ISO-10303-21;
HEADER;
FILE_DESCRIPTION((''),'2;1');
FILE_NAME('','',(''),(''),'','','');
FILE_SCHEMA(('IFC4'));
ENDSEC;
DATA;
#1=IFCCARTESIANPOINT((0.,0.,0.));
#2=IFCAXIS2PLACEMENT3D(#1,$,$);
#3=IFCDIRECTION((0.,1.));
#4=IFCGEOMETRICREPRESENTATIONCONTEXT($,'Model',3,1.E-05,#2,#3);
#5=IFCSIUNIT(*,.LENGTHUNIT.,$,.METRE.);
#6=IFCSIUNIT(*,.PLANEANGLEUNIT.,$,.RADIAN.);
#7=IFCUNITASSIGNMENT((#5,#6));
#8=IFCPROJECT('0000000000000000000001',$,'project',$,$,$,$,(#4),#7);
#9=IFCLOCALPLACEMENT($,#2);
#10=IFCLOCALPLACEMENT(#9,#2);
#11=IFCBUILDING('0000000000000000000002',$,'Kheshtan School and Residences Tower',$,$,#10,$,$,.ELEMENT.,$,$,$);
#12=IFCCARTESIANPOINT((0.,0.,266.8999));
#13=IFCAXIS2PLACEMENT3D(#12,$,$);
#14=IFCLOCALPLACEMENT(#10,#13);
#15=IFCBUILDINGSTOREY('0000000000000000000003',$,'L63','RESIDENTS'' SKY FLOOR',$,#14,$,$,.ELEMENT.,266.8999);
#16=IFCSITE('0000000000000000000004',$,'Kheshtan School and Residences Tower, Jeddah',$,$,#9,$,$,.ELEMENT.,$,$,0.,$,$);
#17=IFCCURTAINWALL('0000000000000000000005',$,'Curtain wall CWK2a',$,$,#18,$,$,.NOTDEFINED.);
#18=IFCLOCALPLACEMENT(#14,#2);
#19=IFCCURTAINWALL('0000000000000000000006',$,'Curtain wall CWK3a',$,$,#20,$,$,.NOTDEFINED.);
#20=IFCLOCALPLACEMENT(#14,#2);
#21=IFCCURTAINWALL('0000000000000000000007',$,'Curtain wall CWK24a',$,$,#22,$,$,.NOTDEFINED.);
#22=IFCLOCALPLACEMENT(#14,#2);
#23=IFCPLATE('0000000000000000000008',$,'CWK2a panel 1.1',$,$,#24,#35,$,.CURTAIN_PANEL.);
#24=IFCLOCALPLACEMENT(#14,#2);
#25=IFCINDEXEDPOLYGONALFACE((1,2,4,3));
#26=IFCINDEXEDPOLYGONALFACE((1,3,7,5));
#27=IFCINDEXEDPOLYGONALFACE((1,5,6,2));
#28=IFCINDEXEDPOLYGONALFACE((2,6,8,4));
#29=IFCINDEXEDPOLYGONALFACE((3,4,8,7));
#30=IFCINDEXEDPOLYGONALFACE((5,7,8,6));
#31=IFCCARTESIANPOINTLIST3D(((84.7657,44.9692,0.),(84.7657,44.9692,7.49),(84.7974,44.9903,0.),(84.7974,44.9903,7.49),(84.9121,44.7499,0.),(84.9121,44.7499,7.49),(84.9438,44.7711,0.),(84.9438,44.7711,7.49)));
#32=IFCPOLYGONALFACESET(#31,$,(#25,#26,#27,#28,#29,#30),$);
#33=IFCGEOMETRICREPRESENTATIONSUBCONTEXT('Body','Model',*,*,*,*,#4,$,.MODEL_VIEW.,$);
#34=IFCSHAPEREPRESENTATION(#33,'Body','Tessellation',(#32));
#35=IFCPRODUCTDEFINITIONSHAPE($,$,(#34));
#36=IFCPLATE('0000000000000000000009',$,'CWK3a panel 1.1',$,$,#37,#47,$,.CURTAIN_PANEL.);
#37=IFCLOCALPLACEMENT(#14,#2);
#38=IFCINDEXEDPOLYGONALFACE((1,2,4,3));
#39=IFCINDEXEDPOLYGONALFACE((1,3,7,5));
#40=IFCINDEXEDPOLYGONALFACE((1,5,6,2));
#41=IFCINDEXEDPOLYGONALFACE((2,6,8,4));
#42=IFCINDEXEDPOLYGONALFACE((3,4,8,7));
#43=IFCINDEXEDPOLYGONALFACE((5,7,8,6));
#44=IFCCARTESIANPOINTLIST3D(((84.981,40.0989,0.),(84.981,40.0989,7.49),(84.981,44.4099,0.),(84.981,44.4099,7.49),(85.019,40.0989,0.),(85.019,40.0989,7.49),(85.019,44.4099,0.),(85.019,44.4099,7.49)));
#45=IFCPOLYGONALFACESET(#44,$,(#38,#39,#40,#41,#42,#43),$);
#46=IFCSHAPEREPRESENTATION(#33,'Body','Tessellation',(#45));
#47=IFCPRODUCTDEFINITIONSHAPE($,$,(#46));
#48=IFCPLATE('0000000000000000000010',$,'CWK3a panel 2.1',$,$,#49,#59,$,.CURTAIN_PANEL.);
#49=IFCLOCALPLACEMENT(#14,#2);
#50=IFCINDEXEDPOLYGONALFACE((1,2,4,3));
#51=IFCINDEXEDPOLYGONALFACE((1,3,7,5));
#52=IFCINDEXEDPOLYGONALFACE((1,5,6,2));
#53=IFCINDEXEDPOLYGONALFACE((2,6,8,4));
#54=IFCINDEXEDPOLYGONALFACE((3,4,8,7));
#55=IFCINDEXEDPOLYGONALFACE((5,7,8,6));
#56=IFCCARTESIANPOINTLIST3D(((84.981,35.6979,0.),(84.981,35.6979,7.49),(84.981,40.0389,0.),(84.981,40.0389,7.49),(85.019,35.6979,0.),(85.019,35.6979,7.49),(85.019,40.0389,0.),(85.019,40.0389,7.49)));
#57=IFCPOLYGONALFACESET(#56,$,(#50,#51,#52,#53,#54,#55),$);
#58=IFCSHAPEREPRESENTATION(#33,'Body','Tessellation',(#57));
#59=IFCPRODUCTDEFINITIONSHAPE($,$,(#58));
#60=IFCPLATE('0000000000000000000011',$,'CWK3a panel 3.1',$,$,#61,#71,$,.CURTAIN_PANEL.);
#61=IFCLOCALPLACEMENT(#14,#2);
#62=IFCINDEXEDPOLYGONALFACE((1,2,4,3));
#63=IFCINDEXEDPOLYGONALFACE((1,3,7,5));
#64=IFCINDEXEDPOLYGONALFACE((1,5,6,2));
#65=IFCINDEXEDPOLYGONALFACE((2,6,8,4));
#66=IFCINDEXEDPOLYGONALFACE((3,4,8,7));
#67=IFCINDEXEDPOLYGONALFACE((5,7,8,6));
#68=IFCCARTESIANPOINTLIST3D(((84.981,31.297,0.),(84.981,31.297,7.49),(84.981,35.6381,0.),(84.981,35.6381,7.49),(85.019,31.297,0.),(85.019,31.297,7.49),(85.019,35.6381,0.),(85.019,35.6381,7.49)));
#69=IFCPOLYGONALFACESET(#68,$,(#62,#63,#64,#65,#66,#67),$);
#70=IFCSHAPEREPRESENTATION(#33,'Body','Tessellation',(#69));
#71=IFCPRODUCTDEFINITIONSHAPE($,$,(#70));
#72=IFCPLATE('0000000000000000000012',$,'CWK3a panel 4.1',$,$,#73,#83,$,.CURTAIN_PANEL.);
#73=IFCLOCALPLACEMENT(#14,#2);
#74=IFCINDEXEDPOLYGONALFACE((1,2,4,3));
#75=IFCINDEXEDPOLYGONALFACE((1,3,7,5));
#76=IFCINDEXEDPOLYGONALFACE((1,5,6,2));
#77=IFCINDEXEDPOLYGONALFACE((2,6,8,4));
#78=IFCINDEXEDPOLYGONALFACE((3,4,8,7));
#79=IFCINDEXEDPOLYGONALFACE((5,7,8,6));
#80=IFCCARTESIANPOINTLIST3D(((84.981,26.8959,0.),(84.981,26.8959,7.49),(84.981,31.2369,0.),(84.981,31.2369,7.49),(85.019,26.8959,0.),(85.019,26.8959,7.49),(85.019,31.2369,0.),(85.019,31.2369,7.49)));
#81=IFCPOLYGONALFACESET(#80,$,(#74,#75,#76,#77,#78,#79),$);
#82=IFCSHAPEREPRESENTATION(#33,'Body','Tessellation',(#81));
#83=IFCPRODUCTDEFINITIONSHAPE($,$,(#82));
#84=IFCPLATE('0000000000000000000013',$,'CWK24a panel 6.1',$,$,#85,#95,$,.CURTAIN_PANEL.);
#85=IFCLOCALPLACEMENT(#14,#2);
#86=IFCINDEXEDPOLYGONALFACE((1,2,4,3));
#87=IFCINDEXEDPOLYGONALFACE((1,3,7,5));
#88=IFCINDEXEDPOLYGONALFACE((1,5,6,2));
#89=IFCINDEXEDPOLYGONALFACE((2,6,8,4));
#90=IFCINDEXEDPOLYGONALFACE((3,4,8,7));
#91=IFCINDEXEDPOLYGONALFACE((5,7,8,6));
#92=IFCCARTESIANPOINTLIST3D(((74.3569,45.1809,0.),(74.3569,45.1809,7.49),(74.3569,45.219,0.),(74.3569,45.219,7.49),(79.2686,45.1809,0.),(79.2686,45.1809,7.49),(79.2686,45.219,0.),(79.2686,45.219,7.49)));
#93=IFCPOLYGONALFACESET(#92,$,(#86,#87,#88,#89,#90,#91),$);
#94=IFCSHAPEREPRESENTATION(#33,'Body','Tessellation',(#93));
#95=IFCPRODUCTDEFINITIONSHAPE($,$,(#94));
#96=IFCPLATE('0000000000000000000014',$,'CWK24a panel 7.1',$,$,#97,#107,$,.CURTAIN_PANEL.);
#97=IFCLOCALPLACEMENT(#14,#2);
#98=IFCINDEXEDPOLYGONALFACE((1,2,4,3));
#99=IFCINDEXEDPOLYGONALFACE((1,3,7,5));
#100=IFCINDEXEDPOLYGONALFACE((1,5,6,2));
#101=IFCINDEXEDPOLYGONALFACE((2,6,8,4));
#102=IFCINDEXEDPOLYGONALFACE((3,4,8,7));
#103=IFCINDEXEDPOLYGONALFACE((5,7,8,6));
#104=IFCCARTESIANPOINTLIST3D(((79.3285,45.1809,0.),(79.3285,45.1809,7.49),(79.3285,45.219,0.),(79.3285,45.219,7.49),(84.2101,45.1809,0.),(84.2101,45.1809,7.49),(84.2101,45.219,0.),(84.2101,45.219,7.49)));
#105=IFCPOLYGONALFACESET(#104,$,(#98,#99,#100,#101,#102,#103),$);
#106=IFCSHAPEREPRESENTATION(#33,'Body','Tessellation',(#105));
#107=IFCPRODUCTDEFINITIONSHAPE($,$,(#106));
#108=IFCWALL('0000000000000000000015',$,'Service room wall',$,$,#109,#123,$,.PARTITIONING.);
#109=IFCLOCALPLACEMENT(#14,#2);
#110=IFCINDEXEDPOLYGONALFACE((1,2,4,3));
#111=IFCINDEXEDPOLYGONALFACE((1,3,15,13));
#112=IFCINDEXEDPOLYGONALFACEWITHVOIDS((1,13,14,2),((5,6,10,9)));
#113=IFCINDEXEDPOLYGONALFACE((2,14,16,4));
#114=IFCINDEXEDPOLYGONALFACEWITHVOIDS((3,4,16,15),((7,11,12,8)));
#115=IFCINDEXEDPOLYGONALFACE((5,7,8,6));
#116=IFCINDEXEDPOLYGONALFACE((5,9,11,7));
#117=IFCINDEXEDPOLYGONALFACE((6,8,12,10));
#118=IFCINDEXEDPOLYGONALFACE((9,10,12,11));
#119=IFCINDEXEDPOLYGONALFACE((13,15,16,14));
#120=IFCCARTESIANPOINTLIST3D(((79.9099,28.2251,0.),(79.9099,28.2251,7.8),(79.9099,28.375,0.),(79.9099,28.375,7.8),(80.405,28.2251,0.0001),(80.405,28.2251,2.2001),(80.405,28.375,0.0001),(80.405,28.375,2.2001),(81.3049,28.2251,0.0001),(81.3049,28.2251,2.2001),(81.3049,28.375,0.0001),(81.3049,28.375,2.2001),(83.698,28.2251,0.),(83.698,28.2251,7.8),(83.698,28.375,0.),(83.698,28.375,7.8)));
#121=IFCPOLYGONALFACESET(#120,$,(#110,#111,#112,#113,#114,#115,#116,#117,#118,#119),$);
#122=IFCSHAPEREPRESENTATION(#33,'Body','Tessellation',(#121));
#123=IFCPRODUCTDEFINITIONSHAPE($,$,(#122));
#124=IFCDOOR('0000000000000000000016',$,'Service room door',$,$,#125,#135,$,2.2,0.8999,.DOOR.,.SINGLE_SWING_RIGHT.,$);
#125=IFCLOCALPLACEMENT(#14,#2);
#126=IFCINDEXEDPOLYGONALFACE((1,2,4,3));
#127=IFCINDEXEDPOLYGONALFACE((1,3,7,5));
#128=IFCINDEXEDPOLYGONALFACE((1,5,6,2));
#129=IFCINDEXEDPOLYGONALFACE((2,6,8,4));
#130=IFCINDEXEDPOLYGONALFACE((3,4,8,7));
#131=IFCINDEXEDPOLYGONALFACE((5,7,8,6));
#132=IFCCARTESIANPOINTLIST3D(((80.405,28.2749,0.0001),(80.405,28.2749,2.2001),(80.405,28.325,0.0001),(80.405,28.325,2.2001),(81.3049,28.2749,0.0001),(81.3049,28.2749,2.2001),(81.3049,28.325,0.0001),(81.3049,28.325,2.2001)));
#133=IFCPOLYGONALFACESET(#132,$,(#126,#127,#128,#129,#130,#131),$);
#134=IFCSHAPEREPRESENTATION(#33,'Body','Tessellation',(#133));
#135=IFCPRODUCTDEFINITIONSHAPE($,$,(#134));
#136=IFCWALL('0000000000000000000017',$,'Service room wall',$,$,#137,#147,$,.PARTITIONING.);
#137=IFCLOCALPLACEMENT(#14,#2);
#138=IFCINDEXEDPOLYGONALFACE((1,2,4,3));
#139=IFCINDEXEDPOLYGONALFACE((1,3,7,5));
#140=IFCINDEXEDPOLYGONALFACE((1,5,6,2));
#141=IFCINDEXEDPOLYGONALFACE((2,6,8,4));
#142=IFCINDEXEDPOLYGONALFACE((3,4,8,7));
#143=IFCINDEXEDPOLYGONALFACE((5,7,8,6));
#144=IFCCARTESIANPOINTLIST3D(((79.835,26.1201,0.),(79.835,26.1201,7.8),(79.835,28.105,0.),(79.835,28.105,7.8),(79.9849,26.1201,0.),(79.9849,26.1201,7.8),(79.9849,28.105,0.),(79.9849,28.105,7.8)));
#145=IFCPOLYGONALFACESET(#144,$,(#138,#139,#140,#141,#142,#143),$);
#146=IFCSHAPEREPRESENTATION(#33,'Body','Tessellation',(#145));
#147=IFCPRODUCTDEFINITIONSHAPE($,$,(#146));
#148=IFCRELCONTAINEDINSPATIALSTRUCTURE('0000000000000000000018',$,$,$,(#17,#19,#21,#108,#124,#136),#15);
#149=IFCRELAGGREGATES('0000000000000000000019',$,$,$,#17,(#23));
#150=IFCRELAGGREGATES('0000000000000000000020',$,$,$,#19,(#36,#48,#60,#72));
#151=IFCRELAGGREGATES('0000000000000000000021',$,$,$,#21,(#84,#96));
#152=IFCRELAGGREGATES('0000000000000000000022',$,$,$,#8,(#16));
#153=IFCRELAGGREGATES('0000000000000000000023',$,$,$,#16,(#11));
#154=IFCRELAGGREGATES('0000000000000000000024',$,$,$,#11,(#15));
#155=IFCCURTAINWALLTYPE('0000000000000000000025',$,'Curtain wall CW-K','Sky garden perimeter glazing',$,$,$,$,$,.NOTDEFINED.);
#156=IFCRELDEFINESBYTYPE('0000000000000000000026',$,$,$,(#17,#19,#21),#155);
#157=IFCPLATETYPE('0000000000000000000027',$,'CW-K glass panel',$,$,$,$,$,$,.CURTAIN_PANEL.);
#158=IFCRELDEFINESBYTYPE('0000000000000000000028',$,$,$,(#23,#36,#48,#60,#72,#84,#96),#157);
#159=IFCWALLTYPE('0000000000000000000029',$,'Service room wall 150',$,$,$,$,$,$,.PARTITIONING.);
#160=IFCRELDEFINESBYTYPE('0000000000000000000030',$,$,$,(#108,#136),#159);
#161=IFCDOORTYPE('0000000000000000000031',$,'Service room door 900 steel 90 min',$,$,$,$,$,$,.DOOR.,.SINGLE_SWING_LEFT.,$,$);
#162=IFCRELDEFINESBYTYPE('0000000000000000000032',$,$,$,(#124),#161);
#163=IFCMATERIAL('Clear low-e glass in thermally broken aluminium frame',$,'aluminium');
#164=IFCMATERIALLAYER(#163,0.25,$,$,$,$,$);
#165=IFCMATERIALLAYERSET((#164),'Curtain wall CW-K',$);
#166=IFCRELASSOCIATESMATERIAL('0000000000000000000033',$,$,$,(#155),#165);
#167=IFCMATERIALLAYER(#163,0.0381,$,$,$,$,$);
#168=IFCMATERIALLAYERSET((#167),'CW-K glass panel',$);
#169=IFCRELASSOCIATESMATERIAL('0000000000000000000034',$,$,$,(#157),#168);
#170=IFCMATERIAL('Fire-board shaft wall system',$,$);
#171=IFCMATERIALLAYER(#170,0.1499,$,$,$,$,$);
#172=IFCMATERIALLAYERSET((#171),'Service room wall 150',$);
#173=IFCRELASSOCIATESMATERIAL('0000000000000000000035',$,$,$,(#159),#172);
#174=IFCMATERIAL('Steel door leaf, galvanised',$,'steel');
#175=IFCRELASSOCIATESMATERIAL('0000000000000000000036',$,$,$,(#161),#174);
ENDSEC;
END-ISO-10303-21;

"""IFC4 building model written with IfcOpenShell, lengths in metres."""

from ifc_helpers import new_model, si_unit, direction, frame, frame_2d, origin, origin_2d, place, context, subcontext, project, spatial, rectangle, extrude, source, transform, mapped, material, layer, layer_set, type_object, element, fill, aggregate, save


model = new_model("IFC4")

# Units and contexts
model_context = context("Model", 3, precision=1e-05, world=origin(), true_north=direction((0.0, 1.0)))
body_context = subcontext(model_context, "Body", "Model", "MODEL_VIEW")
ifc_project = project(units=[si_unit("LENGTHUNIT", "METRE"), si_unit("PLANEANGLEUNIT", "RADIAN")], contexts=[model_context])

# Site, building, storey
site_placement = place(None, origin())
site = spatial("IfcSite", under=ifc_project, at=site_placement, Name="Kheshtan School and Residences Tower, Jeddah", CompositionType="ELEMENT", RefElevation=0.0)
building_placement = place(site_placement, origin())
building = spatial("IfcBuilding", under=site, at=building_placement, Name="Kheshtan School and Residences Tower", CompositionType="ELEMENT")
storey_placement = place(building_placement, frame((0.0, 0.0, 266.8999)))
storey = spatial("IfcBuildingStorey", under=building, at=storey_placement, Name="L63", Description="RESIDENTS' SKY FLOOR", CompositionType="ELEMENT", Elevation=266.8999)

# Curtain walls
ifc_material_1 = material(Name="Clear low-e glass in thermally broken aluminium frame", Category="aluminium")
ifc_layer_1 = layer(ifc_material_1, 0.25)
ifc_layer_set_1 = layer_set([ifc_layer_1], Name="Curtain wall CW-K")
curtain_wall_type = type_object("IfcCurtainWallType", Name="Curtain wall CW-K", Description="Sky garden perimeter glazing", PredefinedType="NOTDEFINED", material=ifc_layer_set_1)
curtain_wall_1_placement = place(storey_placement, origin())
curtain_wall_1 = element("IfcCurtainWall", 1, at=curtain_wall_1_placement, inside=storey, type_object=curtain_wall_type, Name="Curtain wall CWK2a", PredefinedType="NOTDEFINED")
curtain_wall_2_placement = place(storey_placement, origin())
curtain_wall_2 = element("IfcCurtainWall", 2, at=curtain_wall_2_placement, inside=storey, type_object=curtain_wall_type, Name="Curtain wall CWK3a", PredefinedType="NOTDEFINED")
curtain_wall_3_placement = place(storey_placement, origin())
curtain_wall_3 = element("IfcCurtainWall", 3, at=curtain_wall_3_placement, inside=storey, type_object=curtain_wall_type, Name="Curtain wall CWK24a", PredefinedType="NOTDEFINED")

# Plates
ifc_layer_2 = layer(ifc_material_1, 0.0381)
ifc_layer_set_2 = layer_set([ifc_layer_2], Name="CW-K glass panel")
plate_type = type_object("IfcPlateType", Name="CW-K glass panel", PredefinedType="CURTAIN_PANEL", material=ifc_layer_set_2)
plate_1_placement = place(storey_placement, frame((84.8547, 44.8701, 0.0), z_axis=(0.0, 0.0, 1.0), x_axis=(0.555302, -0.831649, 0.0)))
plate_1 = element("IfcPlate", 4, at=plate_1_placement, type_object=plate_type, Name="CWK2a panel 1.1", PredefinedType="CURTAIN_PANEL", context=body_context, shape_type="SweptSolid", body=[
    extrude(rectangle(XDim=0.2637, YDim=0.0381, at=origin_2d()), origin(), (0.0, 0.0, 1.0), 7.49),
])
aggregate(curtain_wall_1, [plate_1])
plate_2_placement = place(storey_placement, frame((85.0, 42.2544, 0.0), z_axis=(0.0, 0.0, 1.0), x_axis=(0.0, -1.0, 0.0)))
plate_2 = element("IfcPlate", 5, at=plate_2_placement, type_object=plate_type, Name="CWK3a panel 1.1", PredefinedType="CURTAIN_PANEL", context=body_context, shape_type="SweptSolid", body=[
    extrude(rectangle(XDim=4.311, YDim=0.0381, at=origin_2d()), origin(), (0.0, 0.0, 1.0), 7.49),
])
plate_3_placement = place(storey_placement, frame((85.0, 37.8684, 0.0), z_axis=(0.0, 0.0, 1.0), x_axis=(0.0, -1.0, 0.0)))
plate_3 = element("IfcPlate", 6, at=plate_3_placement, type_object=plate_type, Name="CWK3a panel 2.1", PredefinedType="CURTAIN_PANEL", context=body_context, shape_type="SweptSolid", body=[
    extrude(rectangle(XDim=4.3411, YDim=0.0381, at=origin_2d()), origin(), (0.0, 0.0, 1.0), 7.49),
])
plate_4_placement = place(storey_placement, frame((85.0, 33.4675, 0.0), z_axis=(0.0, 0.0, 1.0), x_axis=(0.0, -1.0, 0.0)))
plate_4 = element("IfcPlate", 7, at=plate_4_placement, type_object=plate_type, Name="CWK3a panel 3.1", PredefinedType="CURTAIN_PANEL", context=body_context, shape_type="SweptSolid", body=[
    extrude(rectangle(XDim=4.3411, YDim=0.0381, at=origin_2d()), origin(), (0.0, 0.0, 1.0), 7.49),
])
plate_5_placement = place(storey_placement, frame((85.0, 29.0664, 0.0), z_axis=(0.0, 0.0, 1.0), x_axis=(0.0, -1.0, 0.0)))
plate_5 = element("IfcPlate", 8, at=plate_5_placement, type_object=plate_type, Name="CWK3a panel 4.1", PredefinedType="CURTAIN_PANEL", context=body_context, shape_type="SweptSolid", body=[
    extrude(rectangle(XDim=4.3411, YDim=0.0381, at=origin_2d()), origin(), (0.0, 0.0, 1.0), 7.49),
])
aggregate(curtain_wall_2, [plate_2, plate_3, plate_4, plate_5])
plate_6_placement = place(storey_placement, frame((76.8127, 45.2, 0.0), z_axis=(0.0, 0.0, 1.0), x_axis=(1.0, 0.0, 0.0)))
plate_6 = element("IfcPlate", 9, at=plate_6_placement, type_object=plate_type, Name="CWK24a panel 6.1", PredefinedType="CURTAIN_PANEL", context=body_context, shape_type="SweptSolid", body=[
    extrude(rectangle(XDim=4.9116, YDim=0.0381, at=origin_2d()), origin(), (0.0, 0.0, 1.0), 7.49),
])
plate_7_placement = place(storey_placement, frame((81.7693, 45.2, 0.0), z_axis=(0.0, 0.0, 1.0), x_axis=(1.0, 0.0, 0.0)))
plate_7 = element("IfcPlate", 10, at=plate_7_placement, type_object=plate_type, Name="CWK24a panel 7.1", PredefinedType="CURTAIN_PANEL", context=body_context, shape_type="SweptSolid", body=[
    extrude(rectangle(XDim=4.8816, YDim=0.0381, at=origin_2d()), origin(), (0.0, 0.0, 1.0), 7.49),
])
aggregate(curtain_wall_3, [plate_6, plate_7])

# Wall, opening, door
ifc_material_2 = material(Name="Fire-board shaft wall system")
ifc_layer_3 = layer(ifc_material_2, 0.1499)
ifc_layer_set_3 = layer_set([ifc_layer_3], Name="Service room wall 150")
wall_type = type_object("IfcWallType", Name="Service room wall 150", PredefinedType="PARTITIONING", material=ifc_layer_set_3)
wall_1_placement = place(storey_placement, frame((79.9099, 28.3, 0.0), z_axis=(0.0, 0.0, 1.0), x_axis=(1.0, 0.0, 0.0)))
wall_1 = element("IfcWall", 11, at=wall_1_placement, inside=storey, type_object=wall_type, Name="Service room wall", PredefinedType="PARTITIONING", context=body_context, shape_type="SweptSolid", body=[
    extrude(rectangle(XDim=3.7881, YDim=0.1499, at=frame_2d((1.894, 0.0))), origin(), (0.0, 0.0, 1.0), 7.8),
])
opening_placement = place(wall_1_placement, frame((0.4951, 0.0, 0.0)))
opening = element("IfcOpeningElement", 12, at=opening_placement, cuts=wall_1, PredefinedType="OPENING", context=body_context, shape_type="SweptSolid", body=[
    extrude(rectangle(XDim=0.8999, YDim=2.2, at=frame_2d((0.45, 1.1001))), frame((0.0, 0.085, 0.0), z_axis=(0.0, -1.0, 0.0), x_axis=(1.0, 0.0, 0.0)), (0.0, 0.0, 1.0), 0.1699),
])
ifc_material_3 = material(Name="Steel door leaf, galvanised", Category="steel")
door_type = type_object("IfcDoorType", Name="Service room door 900 steel 90 min", OperationType="SINGLE_SWING_LEFT", PredefinedType="DOOR", material=ifc_material_3)
shared_shape = source(origin(), body_context, "Body", "SweptSolid", [
    extrude(rectangle(XDim=0.8999, YDim=2.2, at=frame_2d((0.45, 1.1001))), frame((0.0, 0.0249, 0.0), z_axis=(0.0, -1.0, 0.0), x_axis=(1.0, 0.0, 0.0)), (0.0, 0.0, 1.0), 0.05),
])
door_placement = place(opening_placement, origin())
door = element("IfcDoor", 13, at=door_placement, inside=storey, type_object=door_type, Name="Service room door", OperationType="SINGLE_SWING_RIGHT", OverallHeight=2.2, OverallWidth=0.8999, PredefinedType="DOOR", context=body_context, shape_type="MappedRepresentation", body=[
    mapped(shared_shape, transform((0.0, 0.0, 0.0), x_axis=(1.0, 0.0, 0.0), y_axis=(0.0, 1.0, 0.0), z_axis=(0.0, 0.0, 1.0), scale=1.0)),
])
fill(opening, door)

# Wall
wall_2_placement = place(storey_placement, frame((79.9099, 26.1201, 0.0), z_axis=(0.0, 0.0, 1.0), x_axis=(0.0, 1.0, 0.0)))
element("IfcWall", 14, at=wall_2_placement, inside=storey, type_object=wall_type, Name="Service room wall", PredefinedType="PARTITIONING", context=body_context, shape_type="SweptSolid", body=[
    extrude(rectangle(XDim=1.9849, YDim=0.1499, at=frame_2d((0.9924, 0.0))), origin(), (0.0, 0.0, 1.0), 7.8),
])

save(model, "model.ifc")
